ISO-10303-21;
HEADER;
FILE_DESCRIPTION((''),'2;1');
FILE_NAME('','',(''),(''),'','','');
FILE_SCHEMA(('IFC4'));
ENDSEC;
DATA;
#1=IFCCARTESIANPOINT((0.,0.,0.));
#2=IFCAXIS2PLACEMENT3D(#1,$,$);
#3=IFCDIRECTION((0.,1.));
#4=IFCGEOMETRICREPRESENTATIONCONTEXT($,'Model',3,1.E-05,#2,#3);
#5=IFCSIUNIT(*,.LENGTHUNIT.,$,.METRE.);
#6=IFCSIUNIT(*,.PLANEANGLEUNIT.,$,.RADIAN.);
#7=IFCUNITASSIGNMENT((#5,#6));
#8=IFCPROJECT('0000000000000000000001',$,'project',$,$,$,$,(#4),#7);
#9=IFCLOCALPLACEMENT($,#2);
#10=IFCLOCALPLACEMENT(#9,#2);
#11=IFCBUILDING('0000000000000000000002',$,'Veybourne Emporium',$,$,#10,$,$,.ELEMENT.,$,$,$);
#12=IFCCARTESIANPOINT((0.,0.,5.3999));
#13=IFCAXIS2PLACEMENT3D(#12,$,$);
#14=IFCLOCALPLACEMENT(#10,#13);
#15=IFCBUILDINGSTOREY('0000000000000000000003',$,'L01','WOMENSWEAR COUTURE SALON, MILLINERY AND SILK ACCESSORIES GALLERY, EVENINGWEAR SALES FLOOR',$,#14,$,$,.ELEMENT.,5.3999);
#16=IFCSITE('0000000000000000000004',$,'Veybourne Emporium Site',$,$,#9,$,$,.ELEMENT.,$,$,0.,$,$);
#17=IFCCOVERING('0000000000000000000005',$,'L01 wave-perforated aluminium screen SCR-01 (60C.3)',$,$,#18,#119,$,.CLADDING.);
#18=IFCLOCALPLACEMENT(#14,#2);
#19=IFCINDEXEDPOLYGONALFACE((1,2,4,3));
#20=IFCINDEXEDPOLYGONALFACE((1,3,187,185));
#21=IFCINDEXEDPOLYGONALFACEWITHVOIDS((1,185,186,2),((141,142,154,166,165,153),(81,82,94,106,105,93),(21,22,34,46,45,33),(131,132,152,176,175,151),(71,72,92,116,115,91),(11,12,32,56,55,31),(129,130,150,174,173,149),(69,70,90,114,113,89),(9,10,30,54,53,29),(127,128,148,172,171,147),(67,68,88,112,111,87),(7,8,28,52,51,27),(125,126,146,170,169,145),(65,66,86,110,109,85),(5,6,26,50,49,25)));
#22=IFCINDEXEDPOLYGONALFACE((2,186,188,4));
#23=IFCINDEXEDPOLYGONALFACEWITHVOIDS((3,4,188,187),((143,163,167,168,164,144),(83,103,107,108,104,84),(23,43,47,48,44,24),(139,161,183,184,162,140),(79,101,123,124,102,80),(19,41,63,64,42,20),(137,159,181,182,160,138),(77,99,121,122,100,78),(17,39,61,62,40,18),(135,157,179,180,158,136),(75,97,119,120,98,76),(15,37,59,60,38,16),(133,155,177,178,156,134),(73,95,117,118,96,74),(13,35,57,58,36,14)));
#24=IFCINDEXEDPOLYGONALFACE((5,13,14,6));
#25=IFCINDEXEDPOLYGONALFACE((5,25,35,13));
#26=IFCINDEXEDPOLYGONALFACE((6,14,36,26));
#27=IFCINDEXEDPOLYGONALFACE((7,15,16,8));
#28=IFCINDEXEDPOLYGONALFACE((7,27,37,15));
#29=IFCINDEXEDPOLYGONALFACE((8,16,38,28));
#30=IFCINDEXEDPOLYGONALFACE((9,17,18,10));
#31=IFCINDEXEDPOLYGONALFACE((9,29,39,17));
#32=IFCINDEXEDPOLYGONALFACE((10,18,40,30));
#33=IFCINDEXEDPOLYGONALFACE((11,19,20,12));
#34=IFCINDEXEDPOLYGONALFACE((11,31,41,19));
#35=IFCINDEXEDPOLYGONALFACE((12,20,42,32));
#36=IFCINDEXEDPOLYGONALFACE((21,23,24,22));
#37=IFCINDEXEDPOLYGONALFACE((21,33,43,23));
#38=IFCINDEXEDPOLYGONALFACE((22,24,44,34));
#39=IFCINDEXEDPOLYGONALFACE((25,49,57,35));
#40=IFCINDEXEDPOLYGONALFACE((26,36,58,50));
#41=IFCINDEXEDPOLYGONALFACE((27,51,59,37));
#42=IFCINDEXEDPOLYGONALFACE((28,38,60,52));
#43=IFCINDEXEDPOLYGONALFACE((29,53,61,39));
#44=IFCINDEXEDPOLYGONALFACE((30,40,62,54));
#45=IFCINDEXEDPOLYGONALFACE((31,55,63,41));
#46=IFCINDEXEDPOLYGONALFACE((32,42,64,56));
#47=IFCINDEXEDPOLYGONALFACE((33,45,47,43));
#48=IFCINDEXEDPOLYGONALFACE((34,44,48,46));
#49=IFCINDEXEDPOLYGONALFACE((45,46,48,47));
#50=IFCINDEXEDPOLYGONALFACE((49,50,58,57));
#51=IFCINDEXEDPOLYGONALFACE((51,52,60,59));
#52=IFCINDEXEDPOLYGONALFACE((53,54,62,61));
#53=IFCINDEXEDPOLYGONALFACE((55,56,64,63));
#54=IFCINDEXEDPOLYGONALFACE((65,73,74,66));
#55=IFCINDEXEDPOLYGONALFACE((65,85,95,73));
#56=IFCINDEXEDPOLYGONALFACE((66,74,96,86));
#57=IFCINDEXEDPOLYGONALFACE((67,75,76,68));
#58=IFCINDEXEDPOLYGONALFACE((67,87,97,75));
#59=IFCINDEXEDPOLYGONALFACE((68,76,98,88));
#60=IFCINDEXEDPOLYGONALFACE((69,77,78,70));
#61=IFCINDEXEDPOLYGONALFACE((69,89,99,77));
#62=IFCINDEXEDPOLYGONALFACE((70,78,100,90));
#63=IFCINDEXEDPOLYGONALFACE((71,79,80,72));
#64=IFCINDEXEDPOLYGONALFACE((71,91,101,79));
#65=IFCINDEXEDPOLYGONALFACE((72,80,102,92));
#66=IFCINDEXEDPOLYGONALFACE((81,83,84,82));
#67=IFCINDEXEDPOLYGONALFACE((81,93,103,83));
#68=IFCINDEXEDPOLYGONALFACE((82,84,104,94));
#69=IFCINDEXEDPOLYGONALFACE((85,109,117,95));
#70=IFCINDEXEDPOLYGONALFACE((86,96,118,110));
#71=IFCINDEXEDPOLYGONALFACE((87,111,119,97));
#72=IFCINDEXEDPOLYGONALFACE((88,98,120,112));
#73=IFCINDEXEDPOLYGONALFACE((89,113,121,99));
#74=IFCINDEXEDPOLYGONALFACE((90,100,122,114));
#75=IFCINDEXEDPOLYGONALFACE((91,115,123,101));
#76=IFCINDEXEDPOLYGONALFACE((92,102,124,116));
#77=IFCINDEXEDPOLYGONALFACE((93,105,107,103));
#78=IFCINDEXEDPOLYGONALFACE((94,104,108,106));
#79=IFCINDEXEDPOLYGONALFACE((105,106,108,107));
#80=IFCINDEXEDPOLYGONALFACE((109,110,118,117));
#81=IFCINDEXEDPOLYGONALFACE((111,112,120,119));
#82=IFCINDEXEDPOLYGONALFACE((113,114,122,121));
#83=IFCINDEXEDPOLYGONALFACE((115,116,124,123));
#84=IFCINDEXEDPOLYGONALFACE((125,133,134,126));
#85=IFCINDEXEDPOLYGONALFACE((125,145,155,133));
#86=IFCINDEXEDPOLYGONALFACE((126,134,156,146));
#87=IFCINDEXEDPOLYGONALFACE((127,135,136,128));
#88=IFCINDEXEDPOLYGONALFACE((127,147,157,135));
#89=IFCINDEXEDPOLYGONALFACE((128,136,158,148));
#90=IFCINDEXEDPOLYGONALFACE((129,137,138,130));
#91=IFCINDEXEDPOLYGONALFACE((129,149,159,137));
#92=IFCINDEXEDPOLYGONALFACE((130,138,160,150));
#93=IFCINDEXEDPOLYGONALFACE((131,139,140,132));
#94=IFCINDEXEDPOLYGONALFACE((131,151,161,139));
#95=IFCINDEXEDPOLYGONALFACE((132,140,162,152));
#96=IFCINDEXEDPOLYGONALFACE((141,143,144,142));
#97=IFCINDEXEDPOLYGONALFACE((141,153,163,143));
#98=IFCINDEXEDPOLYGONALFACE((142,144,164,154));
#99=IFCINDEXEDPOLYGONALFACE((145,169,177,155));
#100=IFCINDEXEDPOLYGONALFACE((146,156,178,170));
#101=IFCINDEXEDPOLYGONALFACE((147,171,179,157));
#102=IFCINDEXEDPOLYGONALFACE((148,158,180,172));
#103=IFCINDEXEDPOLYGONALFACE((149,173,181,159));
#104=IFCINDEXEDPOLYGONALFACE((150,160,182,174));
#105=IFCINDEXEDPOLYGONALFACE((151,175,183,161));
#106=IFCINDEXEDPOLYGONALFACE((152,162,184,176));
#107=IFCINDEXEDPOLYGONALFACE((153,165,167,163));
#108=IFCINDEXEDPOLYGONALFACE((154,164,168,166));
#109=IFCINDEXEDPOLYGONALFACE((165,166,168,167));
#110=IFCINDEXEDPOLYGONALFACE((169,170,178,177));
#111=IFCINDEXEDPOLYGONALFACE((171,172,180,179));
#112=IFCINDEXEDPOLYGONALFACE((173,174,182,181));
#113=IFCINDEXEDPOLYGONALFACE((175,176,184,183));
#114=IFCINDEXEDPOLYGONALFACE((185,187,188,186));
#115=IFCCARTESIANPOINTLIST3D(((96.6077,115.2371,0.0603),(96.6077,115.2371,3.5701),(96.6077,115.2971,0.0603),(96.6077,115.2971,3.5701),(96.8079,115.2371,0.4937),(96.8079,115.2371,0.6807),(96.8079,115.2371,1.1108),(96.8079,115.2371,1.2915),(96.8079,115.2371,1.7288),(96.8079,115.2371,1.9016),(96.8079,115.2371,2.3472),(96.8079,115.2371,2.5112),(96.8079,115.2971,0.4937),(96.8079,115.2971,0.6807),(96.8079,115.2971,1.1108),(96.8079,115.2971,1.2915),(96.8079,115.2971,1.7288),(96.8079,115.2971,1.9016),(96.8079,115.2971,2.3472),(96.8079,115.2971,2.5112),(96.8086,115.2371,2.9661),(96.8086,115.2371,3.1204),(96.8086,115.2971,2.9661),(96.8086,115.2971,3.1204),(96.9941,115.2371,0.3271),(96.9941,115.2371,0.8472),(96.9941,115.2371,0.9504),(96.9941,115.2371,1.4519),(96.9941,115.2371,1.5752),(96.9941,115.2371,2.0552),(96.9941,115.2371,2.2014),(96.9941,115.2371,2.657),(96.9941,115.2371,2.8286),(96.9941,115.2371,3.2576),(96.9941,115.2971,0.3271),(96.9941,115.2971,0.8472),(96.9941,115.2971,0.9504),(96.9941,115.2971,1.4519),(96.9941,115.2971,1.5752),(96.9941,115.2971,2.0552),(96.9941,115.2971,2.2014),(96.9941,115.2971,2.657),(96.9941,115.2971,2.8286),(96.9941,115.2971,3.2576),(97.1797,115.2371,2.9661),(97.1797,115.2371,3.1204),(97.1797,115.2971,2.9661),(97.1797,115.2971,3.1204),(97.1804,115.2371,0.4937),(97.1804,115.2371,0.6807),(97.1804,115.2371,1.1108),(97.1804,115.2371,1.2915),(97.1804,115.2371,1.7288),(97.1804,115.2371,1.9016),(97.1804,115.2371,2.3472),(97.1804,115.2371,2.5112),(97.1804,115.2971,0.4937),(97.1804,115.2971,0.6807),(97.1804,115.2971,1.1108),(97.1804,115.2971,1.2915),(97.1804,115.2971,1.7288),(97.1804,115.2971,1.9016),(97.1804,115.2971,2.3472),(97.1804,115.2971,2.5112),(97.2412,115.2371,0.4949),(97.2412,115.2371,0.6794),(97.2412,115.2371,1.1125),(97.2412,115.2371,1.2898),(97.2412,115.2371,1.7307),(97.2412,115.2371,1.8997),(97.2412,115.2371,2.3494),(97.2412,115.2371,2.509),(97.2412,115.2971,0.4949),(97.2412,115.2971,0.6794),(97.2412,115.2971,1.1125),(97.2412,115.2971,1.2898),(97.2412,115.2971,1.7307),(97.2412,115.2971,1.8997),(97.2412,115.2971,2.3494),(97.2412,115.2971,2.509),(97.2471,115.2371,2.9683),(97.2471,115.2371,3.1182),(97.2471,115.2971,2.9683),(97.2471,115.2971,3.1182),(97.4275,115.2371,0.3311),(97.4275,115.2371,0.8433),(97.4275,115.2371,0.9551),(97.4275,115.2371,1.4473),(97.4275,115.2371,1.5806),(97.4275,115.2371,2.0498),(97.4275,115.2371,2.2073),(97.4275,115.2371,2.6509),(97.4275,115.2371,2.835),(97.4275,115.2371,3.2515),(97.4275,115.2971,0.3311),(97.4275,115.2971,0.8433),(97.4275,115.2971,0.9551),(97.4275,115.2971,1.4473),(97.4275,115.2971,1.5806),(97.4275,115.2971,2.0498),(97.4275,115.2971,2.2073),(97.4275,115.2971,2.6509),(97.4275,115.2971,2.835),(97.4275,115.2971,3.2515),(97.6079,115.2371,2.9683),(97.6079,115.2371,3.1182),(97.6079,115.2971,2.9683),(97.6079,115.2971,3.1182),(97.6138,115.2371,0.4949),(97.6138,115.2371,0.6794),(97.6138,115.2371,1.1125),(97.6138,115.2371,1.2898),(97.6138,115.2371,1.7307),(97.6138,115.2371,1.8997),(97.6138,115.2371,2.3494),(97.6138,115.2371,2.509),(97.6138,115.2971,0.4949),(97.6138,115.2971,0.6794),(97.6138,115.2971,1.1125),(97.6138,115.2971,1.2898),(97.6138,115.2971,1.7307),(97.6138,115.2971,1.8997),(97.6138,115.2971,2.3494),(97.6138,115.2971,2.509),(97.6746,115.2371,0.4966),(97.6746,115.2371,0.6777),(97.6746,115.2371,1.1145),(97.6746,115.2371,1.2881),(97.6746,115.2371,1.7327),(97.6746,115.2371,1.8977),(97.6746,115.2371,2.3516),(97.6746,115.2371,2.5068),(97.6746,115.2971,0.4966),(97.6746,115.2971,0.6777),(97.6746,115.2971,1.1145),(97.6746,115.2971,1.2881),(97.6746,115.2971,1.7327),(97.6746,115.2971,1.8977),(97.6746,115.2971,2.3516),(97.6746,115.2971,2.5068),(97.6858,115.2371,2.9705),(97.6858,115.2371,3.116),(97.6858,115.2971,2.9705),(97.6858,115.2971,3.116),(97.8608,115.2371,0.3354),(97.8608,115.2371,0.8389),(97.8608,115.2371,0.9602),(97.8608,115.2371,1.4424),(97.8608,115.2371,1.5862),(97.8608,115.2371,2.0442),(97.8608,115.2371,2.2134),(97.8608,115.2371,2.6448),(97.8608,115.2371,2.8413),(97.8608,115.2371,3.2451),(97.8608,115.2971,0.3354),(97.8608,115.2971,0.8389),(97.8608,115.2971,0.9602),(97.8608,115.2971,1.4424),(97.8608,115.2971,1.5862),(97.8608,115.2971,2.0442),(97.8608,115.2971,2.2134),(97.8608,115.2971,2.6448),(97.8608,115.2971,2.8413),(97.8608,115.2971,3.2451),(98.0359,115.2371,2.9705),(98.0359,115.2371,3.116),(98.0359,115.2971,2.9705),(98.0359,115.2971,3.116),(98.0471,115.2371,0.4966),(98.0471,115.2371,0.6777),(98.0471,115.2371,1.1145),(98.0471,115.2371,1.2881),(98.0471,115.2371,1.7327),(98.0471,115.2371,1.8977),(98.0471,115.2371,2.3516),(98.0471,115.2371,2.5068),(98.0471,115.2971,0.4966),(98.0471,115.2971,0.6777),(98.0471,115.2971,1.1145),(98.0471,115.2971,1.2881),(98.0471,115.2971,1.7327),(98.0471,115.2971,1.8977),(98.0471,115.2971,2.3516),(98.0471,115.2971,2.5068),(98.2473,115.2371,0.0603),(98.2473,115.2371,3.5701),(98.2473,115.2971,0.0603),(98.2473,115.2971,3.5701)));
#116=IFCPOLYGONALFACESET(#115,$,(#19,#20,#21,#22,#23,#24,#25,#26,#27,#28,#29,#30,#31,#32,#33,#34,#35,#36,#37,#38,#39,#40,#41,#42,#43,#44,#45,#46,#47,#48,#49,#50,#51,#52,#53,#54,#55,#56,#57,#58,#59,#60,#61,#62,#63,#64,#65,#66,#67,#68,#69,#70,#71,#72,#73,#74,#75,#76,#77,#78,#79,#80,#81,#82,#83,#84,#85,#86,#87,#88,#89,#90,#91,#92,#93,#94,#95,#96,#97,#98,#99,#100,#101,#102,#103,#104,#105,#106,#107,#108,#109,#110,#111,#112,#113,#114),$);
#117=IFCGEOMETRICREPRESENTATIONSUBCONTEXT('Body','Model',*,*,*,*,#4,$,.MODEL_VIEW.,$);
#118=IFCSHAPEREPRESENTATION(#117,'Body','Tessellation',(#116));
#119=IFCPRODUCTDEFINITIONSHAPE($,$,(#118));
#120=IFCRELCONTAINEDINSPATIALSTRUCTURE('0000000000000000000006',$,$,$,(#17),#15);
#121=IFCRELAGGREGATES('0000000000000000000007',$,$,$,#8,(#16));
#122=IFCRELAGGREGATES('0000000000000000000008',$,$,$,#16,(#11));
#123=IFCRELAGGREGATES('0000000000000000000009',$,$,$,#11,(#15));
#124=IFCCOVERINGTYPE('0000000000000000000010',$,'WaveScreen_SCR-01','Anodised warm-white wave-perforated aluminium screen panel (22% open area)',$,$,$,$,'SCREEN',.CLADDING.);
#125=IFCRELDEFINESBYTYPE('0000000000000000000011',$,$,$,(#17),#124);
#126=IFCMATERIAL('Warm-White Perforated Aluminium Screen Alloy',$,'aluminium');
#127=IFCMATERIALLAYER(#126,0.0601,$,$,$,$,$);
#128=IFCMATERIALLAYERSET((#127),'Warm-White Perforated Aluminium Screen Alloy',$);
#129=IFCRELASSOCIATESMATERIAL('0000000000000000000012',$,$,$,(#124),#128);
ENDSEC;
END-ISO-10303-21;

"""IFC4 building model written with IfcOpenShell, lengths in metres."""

from ifc_helpers import new_model, si_unit, direction, frame, origin, place, context, subcontext, project, spatial, polyline, outline, extrude, material, layer, layer_set, type_object, element, save


model = new_model("IFC4")

# Units and contexts
model_context = context("Model", 3, precision=1e-05, world=origin(), true_north=direction((0.0, 1.0)))
body_context = subcontext(model_context, "Body", "Model", "MODEL_VIEW")
ifc_project = project(units=[si_unit("LENGTHUNIT", "METRE"), si_unit("PLANEANGLEUNIT", "RADIAN")], contexts=[model_context])

# Site, building, storey
site_placement = place(None, origin())
site = spatial("IfcSite", under=ifc_project, at=site_placement, Name="Veybourne Emporium Site", CompositionType="ELEMENT", RefElevation=0.0)
building_placement = place(site_placement, origin())
building = spatial("IfcBuilding", under=site, at=building_placement, Name="Veybourne Emporium", CompositionType="ELEMENT")
storey_placement = place(building_placement, frame((0.0, 0.0, 5.3999)))
storey = spatial("IfcBuildingStorey", under=building, at=storey_placement, Name="L01", Description="WOMENSWEAR COUTURE SALON, MILLINERY AND SILK ACCESSORIES GALLERY, EVENINGWEAR SALES FLOOR", CompositionType="ELEMENT", Elevation=5.3999)

# Covering
ifc_material_1 = material(Name="Warm-White Perforated Aluminium Screen Alloy", Category="aluminium")
ifc_layer_1 = layer(ifc_material_1, 0.0601)
ifc_layer_set_1 = layer_set([ifc_layer_1], Name="Warm-White Perforated Aluminium Screen Alloy")
covering_type_1 = type_object("IfcCoveringType", Name="WaveScreen_SCR-01", Description="Anodised warm-white wave-perforated aluminium screen panel (22% open area)", ElementType="SCREEN", PredefinedType="CLADDING", material=ifc_layer_set_1)
covering_1_placement = place(storey_placement, frame((97.4275, 115.2971, 1.8152), z_axis=(0.0, -1.0, 0.0), x_axis=(1.0, 0.0, 0.0)))
element("IfcCovering", 1, at=covering_1_placement, inside=storey, type_object=covering_type_1, Name="L01 wave-perforated aluminium screen SCR-01 (60C.3)", PredefinedType="CLADDING", context=body_context, shape_type="SweptSolid", body=[
    extrude(outline(polyline([(-0.8198, -1.7549), (0.8198, -1.7549), (0.8198, 1.7549), (-0.8198, 1.7549), (-0.8198, -1.7549)]), holes=[polyline([(-0.4333, -0.968), (-0.2471, -1.1345), (-0.2471, -1.3215), (-0.4333, -1.488), (-0.6196, -1.3215), (-0.6196, -1.1345), (-0.4333, -0.968)]), polyline([(-0.4333, -0.3633), (-0.2471, -0.5237), (-0.2471, -0.7043), (-0.4333, -0.8647), (-0.6196, -0.7043), (-0.6196, -0.5237), (-0.4333, -0.3633)]), polyline([(-0.4333, 0.24), (-0.2471, 0.0864), (-0.2471, -0.0864), (-0.4333, -0.24), (-0.6196, -0.0864), (-0.6196, 0.0864), (-0.4333, 0.24)]), polyline([(-0.4333, 0.8418), (-0.2471, 0.696), (-0.2471, 0.532), (-0.4333, 0.3862), (-0.6196, 0.532), (-0.6196, 0.696), (-0.4333, 0.8418)]), polyline([(-0.4333, 1.4424), (-0.2478, 1.3052), (-0.2478, 1.1509), (-0.4333, 1.0134), (-0.6189, 1.1509), (-0.6189, 1.3052), (-0.4333, 1.4424)]), polyline([(0.0, -0.9719), (0.1863, -1.1357), (0.1863, -1.3203), (0.0, -1.4841), (-0.1863, -1.3203), (-0.1863, -1.1357), (0.0, -0.9719)]), polyline([(0.0, -0.3679), (0.1863, -0.5254), (0.1863, -0.7026), (0.0, -0.8601), (-0.1863, -0.7026), (-0.1863, -0.5254), (0.0, -0.3679)]), polyline([(0.0, 0.2346), (0.1863, 0.0845), (0.1863, -0.0845), (0.0, -0.2346), (-0.1863, -0.0845), (-0.1863, 0.0845), (0.0, 0.2346)]), polyline([(0.0, 0.8357), (0.1863, 0.6938), (0.1863, 0.5342), (0.0, 0.3921), (-0.1863, 0.5342), (-0.1863, 0.6938), (0.0, 0.8357)]), polyline([(0.0, 1.4363), (0.1804, 1.303), (0.1804, 1.1531), (0.0, 1.0198), (-0.1804, 1.1531), (-0.1804, 1.303), (0.0, 1.4363)]), polyline([(0.4333, -0.9763), (0.6196, -1.1375), (0.6196, -1.3186), (0.4333, -1.4797), (0.2471, -1.3186), (0.2471, -1.1375), (0.4333, -0.9763)]), polyline([(0.4333, -0.3728), (0.6196, -0.5271), (0.6196, -0.7007), (0.4333, -0.855), (0.2471, -0.7007), (0.2471, -0.5271), (0.4333, -0.3728)]), polyline([(0.4333, 0.229), (0.6196, 0.0825), (0.6196, -0.0825), (0.4333, -0.229), (0.2471, -0.0825), (0.2471, 0.0825), (0.4333, 0.229)]), polyline([(0.4333, 0.8296), (0.6196, 0.6917), (0.6196, 0.5364), (0.4333, 0.3982), (0.2471, 0.5364), (0.2471, 0.6917), (0.4333, 0.8296)]), polyline([(0.4333, 1.4299), (0.6084, 1.3008), (0.6084, 1.1553), (0.4333, 1.0261), (0.2583, 1.1553), (0.2583, 1.3008), (0.4333, 1.4299)])]), origin(), (0.0, 0.0, 1.0), 0.0601),
])

save(model, "model.ifc")
